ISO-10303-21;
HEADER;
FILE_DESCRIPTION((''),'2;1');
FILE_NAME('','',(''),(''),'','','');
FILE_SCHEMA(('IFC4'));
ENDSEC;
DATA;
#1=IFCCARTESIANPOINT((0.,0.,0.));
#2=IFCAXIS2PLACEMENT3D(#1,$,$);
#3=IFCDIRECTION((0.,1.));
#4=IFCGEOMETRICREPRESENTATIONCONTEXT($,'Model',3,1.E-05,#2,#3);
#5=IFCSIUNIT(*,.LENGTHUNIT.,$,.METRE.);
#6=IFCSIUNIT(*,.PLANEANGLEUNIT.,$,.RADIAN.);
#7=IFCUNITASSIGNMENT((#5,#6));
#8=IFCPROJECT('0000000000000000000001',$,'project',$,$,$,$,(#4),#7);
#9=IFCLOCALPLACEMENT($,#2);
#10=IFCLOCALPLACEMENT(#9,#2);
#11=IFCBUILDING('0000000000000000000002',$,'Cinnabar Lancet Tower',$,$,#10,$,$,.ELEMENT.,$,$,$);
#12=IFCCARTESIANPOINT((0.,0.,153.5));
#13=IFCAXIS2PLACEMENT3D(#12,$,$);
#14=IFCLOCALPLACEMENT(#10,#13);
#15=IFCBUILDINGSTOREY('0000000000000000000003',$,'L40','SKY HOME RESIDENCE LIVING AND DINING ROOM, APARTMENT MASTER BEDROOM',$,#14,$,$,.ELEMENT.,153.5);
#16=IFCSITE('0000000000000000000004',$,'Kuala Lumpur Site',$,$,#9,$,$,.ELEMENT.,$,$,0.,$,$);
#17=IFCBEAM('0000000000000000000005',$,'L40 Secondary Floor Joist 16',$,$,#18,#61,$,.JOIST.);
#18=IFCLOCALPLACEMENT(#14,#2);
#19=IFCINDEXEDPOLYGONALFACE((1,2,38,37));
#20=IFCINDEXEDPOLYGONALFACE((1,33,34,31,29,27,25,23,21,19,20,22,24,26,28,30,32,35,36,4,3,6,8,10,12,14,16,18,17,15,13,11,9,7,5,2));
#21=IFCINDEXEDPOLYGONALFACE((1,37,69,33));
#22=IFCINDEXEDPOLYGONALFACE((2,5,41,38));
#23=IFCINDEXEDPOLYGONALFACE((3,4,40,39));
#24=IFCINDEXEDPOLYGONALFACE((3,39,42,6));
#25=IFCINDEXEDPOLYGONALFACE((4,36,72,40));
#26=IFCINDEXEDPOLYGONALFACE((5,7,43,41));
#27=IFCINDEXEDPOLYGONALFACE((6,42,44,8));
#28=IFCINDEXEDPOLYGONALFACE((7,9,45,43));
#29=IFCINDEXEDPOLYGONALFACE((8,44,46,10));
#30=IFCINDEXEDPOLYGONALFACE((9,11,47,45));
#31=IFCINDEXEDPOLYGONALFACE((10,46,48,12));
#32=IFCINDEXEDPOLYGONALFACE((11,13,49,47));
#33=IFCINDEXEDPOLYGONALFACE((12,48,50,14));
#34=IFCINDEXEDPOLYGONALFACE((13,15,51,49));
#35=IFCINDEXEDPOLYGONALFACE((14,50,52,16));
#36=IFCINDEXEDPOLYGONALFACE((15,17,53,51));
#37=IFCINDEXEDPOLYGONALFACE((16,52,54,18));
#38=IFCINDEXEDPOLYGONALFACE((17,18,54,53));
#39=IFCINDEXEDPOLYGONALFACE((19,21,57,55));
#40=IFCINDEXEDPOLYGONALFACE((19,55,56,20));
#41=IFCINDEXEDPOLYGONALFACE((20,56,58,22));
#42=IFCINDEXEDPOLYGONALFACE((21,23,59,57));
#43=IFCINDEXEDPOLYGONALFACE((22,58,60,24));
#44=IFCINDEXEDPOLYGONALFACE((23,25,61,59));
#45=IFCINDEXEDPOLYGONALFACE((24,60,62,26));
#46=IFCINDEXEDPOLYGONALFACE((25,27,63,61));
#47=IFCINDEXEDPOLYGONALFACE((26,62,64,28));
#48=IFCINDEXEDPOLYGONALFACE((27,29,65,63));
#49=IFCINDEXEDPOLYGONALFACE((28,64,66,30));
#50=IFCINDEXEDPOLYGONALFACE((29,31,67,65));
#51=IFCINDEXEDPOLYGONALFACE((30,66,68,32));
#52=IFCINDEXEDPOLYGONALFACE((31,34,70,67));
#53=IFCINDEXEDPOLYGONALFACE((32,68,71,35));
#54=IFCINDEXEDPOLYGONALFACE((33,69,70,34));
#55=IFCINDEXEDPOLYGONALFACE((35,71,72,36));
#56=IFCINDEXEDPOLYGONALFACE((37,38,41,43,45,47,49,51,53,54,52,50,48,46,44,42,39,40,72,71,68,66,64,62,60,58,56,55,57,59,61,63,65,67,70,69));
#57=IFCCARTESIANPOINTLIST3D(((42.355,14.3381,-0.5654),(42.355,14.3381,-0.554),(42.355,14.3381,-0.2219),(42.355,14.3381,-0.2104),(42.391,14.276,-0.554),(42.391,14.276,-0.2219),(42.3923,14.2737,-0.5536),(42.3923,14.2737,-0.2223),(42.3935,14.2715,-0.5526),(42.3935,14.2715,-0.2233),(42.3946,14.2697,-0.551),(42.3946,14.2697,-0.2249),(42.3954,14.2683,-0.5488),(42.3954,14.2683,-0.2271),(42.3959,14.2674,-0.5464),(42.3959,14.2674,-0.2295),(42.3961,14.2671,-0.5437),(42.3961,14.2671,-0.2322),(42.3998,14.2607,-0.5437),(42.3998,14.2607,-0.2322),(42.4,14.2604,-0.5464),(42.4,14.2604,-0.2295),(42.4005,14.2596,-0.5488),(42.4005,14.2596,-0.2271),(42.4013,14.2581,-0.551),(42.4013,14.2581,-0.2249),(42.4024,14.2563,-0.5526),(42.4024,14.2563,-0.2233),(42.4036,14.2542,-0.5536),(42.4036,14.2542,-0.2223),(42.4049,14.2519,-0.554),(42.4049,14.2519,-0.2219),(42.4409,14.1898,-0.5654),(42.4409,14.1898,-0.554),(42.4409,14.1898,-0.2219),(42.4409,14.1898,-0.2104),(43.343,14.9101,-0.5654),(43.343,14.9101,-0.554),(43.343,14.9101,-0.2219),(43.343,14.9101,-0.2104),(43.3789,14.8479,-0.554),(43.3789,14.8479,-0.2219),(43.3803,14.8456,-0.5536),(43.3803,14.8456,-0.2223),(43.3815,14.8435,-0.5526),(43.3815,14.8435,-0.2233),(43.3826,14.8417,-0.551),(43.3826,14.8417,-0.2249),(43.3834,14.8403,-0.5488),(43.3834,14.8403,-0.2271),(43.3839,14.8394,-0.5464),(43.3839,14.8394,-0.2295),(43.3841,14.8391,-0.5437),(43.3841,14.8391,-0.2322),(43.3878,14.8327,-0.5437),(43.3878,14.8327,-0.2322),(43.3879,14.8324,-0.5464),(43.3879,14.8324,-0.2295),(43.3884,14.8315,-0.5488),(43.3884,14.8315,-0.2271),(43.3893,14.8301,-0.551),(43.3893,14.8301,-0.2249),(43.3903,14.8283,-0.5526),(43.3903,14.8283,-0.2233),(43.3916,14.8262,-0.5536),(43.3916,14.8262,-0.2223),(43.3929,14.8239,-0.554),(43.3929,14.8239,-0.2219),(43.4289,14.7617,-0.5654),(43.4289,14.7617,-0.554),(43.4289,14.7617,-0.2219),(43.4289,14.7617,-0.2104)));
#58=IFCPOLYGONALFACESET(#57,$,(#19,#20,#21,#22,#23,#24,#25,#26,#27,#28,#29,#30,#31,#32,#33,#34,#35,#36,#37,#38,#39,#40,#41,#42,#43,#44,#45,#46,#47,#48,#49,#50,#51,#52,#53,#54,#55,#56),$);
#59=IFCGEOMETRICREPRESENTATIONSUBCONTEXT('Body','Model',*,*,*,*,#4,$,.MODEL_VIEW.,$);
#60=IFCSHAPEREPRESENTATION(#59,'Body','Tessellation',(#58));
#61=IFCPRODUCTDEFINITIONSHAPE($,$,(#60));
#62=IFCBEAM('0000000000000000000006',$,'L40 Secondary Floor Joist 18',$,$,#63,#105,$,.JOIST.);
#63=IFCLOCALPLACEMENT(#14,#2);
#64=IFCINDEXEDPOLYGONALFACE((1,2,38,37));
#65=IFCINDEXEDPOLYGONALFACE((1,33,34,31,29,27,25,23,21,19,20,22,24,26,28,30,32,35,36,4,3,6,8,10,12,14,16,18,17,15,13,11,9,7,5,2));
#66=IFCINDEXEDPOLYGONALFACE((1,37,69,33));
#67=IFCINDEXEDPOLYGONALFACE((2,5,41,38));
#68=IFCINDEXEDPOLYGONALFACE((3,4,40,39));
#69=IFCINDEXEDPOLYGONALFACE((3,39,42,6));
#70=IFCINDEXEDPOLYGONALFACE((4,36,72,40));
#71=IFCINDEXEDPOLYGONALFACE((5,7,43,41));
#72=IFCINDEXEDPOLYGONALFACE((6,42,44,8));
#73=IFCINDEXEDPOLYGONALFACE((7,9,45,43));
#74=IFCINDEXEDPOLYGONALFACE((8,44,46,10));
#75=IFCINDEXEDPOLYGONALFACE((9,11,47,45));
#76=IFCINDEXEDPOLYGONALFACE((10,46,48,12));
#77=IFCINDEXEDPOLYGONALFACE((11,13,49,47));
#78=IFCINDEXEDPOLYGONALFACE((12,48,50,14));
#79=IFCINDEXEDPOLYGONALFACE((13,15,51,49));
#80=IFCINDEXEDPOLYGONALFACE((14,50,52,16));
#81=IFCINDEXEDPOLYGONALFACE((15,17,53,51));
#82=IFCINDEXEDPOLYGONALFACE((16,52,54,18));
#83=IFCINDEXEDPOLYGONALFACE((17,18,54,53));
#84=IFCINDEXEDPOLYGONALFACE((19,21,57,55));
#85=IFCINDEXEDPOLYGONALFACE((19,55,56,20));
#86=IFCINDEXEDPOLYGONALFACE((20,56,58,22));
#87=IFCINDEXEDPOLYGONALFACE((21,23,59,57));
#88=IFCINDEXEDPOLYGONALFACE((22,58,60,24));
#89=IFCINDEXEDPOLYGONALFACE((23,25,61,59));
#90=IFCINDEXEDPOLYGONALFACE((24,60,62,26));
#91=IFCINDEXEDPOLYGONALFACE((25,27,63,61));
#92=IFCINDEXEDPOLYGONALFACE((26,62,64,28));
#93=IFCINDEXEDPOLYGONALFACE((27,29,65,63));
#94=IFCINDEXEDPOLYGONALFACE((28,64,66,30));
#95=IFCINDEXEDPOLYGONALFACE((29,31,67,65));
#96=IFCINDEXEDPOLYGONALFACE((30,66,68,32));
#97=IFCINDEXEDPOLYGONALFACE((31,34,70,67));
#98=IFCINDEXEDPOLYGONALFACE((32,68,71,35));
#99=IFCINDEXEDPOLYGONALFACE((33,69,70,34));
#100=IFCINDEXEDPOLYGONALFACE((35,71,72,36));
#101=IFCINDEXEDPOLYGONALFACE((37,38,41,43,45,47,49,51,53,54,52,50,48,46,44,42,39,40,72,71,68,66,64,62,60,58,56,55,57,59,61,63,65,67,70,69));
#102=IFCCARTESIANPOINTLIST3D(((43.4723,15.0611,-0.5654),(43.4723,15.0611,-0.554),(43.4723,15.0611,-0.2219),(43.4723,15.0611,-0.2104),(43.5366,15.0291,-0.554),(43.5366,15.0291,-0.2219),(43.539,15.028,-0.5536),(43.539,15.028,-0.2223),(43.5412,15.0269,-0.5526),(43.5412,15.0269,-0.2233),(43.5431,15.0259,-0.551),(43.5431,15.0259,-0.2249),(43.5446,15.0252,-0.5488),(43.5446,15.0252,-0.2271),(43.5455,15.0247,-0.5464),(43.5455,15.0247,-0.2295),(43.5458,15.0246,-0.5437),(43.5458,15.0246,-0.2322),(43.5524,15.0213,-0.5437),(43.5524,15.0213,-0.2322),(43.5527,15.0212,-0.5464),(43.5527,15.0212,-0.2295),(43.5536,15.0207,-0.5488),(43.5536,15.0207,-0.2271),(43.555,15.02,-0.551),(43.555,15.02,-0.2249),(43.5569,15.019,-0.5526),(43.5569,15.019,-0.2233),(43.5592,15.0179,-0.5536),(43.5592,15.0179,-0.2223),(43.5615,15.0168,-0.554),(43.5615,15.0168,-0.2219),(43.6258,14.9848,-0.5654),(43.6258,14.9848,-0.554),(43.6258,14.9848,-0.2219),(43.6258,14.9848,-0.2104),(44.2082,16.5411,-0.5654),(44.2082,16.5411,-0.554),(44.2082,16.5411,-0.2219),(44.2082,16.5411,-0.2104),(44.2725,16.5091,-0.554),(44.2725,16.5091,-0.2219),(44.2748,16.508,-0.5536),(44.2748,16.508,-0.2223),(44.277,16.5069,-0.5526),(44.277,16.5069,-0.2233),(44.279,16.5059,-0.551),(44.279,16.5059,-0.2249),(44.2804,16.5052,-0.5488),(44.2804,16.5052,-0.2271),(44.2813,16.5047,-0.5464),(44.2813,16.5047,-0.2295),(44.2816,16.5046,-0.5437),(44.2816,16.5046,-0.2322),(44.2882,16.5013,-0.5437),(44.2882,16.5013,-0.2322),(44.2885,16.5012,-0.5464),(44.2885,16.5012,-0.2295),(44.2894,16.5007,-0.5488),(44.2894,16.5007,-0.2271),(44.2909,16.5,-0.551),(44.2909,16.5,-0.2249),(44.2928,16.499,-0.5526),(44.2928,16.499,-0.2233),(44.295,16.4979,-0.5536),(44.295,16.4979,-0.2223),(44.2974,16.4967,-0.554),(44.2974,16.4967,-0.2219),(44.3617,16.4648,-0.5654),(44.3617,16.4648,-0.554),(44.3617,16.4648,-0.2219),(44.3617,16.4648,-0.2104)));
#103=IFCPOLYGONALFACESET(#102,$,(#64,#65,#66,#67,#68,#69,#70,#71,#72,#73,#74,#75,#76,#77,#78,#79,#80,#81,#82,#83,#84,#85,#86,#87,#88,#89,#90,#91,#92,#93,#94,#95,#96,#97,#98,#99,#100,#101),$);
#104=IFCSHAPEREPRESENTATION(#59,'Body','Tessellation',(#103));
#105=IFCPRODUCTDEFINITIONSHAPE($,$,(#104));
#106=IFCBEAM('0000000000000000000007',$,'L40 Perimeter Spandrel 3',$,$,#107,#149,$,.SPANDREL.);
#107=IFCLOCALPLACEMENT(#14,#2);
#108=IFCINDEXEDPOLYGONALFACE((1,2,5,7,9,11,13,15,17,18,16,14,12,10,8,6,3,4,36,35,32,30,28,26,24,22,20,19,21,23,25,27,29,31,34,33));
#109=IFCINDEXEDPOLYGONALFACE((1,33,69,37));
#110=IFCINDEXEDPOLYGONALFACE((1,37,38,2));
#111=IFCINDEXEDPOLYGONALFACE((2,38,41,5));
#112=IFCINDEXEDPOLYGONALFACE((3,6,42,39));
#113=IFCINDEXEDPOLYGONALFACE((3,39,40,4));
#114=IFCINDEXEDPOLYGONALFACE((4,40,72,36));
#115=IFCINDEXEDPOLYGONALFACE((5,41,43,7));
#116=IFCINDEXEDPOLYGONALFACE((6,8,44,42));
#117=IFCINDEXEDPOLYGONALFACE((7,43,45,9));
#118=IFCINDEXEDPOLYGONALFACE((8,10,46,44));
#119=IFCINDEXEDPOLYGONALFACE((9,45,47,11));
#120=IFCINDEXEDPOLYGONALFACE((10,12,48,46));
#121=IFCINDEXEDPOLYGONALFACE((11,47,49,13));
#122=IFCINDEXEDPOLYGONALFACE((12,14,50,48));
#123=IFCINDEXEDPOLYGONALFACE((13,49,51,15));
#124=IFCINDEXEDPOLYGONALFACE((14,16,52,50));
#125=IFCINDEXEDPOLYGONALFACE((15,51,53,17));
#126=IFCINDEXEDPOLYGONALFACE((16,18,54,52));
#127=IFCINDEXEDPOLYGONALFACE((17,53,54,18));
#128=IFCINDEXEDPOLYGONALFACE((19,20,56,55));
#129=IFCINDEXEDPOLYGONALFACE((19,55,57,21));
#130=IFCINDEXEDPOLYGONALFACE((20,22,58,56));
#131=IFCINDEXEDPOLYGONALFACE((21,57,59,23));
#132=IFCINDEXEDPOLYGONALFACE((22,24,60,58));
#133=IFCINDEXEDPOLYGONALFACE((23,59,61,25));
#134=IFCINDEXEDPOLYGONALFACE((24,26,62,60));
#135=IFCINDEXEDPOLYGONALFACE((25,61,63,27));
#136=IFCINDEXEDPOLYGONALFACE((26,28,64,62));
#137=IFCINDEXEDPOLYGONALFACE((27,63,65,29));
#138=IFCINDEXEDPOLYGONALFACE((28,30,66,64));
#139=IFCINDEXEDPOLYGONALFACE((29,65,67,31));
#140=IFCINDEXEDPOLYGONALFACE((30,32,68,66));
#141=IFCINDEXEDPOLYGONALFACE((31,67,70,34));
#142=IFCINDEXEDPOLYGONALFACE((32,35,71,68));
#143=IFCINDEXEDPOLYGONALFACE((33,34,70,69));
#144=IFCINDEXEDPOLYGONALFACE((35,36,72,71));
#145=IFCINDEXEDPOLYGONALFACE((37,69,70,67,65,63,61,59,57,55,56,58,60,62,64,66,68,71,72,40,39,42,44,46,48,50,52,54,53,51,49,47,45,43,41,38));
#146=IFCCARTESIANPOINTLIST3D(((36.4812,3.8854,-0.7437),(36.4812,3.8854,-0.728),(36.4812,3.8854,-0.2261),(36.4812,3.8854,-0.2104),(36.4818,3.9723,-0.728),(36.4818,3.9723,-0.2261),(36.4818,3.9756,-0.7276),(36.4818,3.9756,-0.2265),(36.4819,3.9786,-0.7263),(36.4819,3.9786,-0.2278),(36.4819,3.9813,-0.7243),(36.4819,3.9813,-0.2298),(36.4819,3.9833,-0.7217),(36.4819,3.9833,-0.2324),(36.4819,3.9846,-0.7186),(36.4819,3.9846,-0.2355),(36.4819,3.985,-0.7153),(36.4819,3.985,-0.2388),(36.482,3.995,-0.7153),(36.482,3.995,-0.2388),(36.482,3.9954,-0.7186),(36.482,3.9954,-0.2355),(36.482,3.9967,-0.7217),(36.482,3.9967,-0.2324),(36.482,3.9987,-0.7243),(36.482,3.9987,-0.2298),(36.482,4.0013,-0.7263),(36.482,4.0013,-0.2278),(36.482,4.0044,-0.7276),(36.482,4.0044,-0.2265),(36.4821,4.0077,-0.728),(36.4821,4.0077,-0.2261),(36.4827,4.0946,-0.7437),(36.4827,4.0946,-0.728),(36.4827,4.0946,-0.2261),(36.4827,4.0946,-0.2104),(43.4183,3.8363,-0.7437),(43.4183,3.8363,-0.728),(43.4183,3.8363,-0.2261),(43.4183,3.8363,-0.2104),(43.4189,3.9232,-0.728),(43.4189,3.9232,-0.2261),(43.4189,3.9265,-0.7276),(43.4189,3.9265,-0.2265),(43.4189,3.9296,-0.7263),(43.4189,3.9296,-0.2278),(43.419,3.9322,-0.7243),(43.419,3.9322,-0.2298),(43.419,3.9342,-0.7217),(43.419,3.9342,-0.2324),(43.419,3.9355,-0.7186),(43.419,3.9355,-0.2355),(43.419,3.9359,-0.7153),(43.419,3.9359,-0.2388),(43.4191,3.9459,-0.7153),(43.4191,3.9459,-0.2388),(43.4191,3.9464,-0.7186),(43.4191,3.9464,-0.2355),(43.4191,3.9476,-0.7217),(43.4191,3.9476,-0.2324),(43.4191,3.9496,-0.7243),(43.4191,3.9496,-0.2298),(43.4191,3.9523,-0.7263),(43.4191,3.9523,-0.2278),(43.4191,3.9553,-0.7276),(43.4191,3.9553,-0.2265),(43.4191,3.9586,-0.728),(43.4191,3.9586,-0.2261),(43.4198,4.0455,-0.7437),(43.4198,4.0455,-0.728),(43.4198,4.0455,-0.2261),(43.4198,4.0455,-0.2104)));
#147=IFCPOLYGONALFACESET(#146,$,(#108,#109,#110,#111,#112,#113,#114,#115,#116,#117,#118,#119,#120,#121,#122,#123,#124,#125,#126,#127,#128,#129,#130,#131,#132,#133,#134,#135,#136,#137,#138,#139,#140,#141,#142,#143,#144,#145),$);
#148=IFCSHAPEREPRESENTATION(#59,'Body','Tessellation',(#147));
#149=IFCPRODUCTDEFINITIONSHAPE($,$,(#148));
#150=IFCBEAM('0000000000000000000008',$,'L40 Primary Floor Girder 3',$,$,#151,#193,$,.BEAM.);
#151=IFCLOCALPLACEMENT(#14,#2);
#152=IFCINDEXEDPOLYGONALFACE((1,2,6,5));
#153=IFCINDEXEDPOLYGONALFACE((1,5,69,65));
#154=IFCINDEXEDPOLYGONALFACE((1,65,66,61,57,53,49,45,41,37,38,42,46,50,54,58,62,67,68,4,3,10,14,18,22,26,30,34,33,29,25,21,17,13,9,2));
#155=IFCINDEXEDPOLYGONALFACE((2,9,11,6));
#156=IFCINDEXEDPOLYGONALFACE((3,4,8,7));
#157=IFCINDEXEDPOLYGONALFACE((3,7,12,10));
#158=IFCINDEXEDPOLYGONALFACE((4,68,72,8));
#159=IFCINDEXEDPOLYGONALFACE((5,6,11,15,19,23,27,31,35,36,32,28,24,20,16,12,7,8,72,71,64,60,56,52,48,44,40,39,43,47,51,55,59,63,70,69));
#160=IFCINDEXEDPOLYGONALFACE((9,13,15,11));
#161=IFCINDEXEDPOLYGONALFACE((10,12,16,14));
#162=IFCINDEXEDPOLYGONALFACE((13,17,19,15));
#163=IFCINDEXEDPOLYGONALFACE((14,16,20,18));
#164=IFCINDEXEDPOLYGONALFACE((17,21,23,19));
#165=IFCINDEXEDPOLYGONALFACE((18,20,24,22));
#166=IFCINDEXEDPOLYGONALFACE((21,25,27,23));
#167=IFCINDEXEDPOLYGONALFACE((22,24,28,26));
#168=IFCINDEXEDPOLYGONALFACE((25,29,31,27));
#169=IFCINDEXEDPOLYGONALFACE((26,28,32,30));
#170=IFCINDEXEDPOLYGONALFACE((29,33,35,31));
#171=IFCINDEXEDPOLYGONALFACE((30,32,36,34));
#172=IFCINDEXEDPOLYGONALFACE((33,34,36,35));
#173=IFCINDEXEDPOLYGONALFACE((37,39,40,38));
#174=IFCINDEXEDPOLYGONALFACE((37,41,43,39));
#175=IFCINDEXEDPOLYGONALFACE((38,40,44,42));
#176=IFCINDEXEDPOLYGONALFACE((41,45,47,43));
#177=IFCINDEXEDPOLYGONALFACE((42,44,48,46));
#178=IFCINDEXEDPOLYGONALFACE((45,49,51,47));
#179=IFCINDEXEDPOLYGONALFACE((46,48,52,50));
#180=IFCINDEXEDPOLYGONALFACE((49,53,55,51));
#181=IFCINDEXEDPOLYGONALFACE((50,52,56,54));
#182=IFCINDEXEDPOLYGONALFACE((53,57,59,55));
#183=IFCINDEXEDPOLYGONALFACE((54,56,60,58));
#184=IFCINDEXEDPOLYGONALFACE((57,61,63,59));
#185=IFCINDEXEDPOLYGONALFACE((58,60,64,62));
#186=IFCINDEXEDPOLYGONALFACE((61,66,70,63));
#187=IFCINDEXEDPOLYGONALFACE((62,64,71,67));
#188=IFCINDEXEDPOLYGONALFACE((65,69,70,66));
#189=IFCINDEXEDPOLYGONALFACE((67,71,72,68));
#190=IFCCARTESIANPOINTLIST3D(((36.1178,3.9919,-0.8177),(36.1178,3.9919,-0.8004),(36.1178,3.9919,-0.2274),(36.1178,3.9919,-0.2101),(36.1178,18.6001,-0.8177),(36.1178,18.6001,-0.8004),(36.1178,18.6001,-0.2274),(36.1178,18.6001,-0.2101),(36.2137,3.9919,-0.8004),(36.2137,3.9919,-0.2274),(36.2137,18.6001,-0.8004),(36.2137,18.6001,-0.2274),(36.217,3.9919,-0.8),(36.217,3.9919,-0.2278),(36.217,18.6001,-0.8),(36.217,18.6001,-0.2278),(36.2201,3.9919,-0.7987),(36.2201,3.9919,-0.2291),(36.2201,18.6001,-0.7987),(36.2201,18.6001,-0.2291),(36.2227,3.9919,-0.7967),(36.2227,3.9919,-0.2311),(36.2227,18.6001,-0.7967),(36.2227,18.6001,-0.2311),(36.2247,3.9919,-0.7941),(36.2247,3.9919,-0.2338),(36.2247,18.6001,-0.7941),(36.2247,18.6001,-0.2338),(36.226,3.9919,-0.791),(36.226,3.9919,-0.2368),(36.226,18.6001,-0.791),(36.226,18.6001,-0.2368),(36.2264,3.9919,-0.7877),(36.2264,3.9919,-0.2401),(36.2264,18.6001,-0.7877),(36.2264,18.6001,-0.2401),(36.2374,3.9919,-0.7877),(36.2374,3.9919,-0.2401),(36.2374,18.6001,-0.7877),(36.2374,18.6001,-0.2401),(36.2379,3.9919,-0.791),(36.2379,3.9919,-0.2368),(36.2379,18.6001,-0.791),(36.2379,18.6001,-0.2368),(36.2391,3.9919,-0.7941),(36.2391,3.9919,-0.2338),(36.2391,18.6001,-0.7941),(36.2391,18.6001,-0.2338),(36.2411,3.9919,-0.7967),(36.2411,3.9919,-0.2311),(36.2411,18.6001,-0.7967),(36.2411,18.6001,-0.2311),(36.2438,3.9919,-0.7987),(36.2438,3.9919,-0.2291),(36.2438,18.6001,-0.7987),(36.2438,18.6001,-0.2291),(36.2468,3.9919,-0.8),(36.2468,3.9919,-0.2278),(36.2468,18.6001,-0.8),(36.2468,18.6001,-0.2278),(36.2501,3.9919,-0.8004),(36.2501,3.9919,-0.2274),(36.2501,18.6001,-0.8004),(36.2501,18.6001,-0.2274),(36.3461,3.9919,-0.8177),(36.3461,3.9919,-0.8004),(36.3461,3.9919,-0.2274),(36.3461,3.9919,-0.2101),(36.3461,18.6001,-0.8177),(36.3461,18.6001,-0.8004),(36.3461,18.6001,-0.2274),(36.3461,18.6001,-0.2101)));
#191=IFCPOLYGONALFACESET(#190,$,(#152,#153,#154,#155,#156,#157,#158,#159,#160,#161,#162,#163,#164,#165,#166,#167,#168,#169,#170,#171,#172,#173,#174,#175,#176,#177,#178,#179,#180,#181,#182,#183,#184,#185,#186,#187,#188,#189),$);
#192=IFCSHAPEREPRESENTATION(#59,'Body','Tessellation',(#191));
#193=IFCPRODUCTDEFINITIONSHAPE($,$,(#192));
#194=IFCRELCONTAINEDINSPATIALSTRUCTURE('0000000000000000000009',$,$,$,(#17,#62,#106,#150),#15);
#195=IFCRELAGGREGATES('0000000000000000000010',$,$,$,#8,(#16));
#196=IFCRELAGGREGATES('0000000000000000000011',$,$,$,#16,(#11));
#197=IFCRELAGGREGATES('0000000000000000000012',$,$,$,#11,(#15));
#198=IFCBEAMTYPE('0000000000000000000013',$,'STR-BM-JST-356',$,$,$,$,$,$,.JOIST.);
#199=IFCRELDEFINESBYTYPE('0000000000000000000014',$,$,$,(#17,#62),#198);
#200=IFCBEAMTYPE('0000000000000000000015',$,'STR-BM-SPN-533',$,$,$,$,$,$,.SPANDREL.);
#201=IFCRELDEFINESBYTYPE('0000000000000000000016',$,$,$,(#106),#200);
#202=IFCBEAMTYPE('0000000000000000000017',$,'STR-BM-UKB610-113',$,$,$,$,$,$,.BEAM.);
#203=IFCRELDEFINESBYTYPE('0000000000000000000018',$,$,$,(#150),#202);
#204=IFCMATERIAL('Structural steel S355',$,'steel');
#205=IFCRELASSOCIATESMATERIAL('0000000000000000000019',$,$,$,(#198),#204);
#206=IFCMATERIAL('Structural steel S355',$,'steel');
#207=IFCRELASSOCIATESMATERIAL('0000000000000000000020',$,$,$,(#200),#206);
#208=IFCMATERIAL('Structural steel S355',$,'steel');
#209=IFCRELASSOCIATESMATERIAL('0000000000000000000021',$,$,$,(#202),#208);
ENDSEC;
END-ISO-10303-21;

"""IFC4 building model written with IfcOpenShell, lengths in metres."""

from ifc_helpers import new_model, si_unit, direction, frame, origin, origin_2d, place, context, subcontext, project, spatial, i_section, extrude, material, material_profile, profile_set, type_object, element, save


model = new_model("IFC4")

# Units and contexts
model_context = context("Model", 3, precision=1e-05, world=origin(), true_north=direction((0.0, 1.0)))
body_context = subcontext(model_context, "Body", "Model", "MODEL_VIEW")
ifc_project = project(units=[si_unit("LENGTHUNIT", "METRE"), si_unit("PLANEANGLEUNIT", "RADIAN")], contexts=[model_context])

# Site, building, storey
site_placement = place(None, origin())
site = spatial("IfcSite", under=ifc_project, at=site_placement, Name="Kuala Lumpur Site", CompositionType="ELEMENT", RefElevation=0.0)
building_placement = place(site_placement, origin())
building = spatial("IfcBuilding", under=site, at=building_placement, Name="Cinnabar Lancet Tower", CompositionType="ELEMENT")
storey_placement = place(building_placement, frame((0.0, 0.0, 153.5)))
storey = spatial("IfcBuildingStorey", under=building, at=storey_placement, Name="L40", Description="SKY HOME RESIDENCE LIVING AND DINING ROOM, APARTMENT MASTER BEDROOM", CompositionType="ELEMENT", Elevation=153.5)

# Beams
ifc_material_1 = material(Name="Structural steel S355", Category="steel")
ifc_material_profile_1 = material_profile(ifc_material_1, i_section(OverallWidth=0.1714, OverallDepth=0.355, WebThickness=0.0073, FlangeThickness=0.0115, FilletRadius=0.0103, at=origin_2d()), Name="UKB 356x171x51")
ifc_profile_set_1 = profile_set([ifc_material_profile_1], Name="Structural steel S355")
beam_type_1 = type_object("IfcBeamType", Name="STR-BM-JST-356", PredefinedType="JOIST", material=ifc_profile_set_1)
beam_1_placement = place(storey_placement, frame((42.3979, 14.2639, -0.3879), z_axis=(0.865426, 0.501036, 0.0), x_axis=(-0.501036, 0.865426, 0.0)))
element("IfcBeam", 1, at=beam_1_placement, inside=storey, type_object=beam_type_1, Name="L40 Secondary Floor Joist 16", PredefinedType="JOIST", context=body_context, shape_type="SweptSolid", body=[
    extrude(i_section(OverallWidth=0.1714, OverallDepth=0.355, WebThickness=0.0073, FlangeThickness=0.0115, FilletRadius=0.0103, at=origin_2d()), origin(), (0.0, 0.0, 1.0), 1.1416),
])
beam_2_placement = place(storey_placement, frame((43.5491, 15.0229, -0.3879), z_axis=(0.445204, 0.895429, 0.0), x_axis=(-0.895429, 0.445204, 0.0)))
element("IfcBeam", 2, at=beam_2_placement, inside=storey, type_object=beam_type_1, Name="L40 Secondary Floor Joist 18", PredefinedType="JOIST", context=body_context, shape_type="SweptSolid", body=[
    extrude(i_section(OverallWidth=0.1714, OverallDepth=0.355, WebThickness=0.0073, FlangeThickness=0.0115, FilletRadius=0.0103, at=origin_2d()), origin(), (0.0, 0.0, 1.0), 1.6528),
])
ifc_material_2 = material(Name="Structural steel S355", Category="steel")
ifc_material_profile_2 = material_profile(ifc_material_2, i_section(OverallWidth=0.2092, OverallDepth=0.5332, WebThickness=0.01, FlangeThickness=0.0156, FilletRadius=0.0127, at=origin_2d()), Name="UKB 533x210x92")
ifc_profile_set_2 = profile_set([ifc_material_profile_2], Name="Structural steel S355")
beam_type_2 = type_object("IfcBeamType", Name="STR-BM-SPN-533", PredefinedType="SPANDREL", material=ifc_profile_set_2)
beam_3_placement = place(storey_placement, frame((36.4819, 3.99, -0.4771), z_axis=(0.999975, -0.007074, 0.0), x_axis=(0.007074, 0.999975, 0.0)))
element("IfcBeam", 3, at=beam_3_placement, inside=storey, type_object=beam_type_2, Name="L40 Perimeter Spandrel 3", PredefinedType="SPANDREL", context=body_context, shape_type="SweptSolid", body=[
    extrude(i_section(OverallWidth=0.2092, OverallDepth=0.5332, WebThickness=0.01, FlangeThickness=0.0156, FilletRadius=0.0127, at=origin_2d()), origin(), (0.0, 0.0, 1.0), 6.9373),
])
ifc_material_3 = material(Name="Structural steel S355", Category="steel")
ifc_material_profile_3 = material_profile(ifc_material_3, i_section(OverallWidth=0.2283, OverallDepth=0.6077, WebThickness=0.011, FlangeThickness=0.0173, FilletRadius=0.0127, at=origin_2d()), Name="UKB 610x229x113")
ifc_profile_set_3 = profile_set([ifc_material_profile_3], Name="Structural steel S355")
beam_type_3 = type_object("IfcBeamType", Name="STR-BM-UKB610-113", PredefinedType="BEAM", material=ifc_profile_set_3)
beam_4_placement = place(storey_placement, frame((36.2319, 3.9919, -0.5139), z_axis=(0.0, 1.0, 0.0), x_axis=(-1.0, 0.0, 0.0)))
element("IfcBeam", 4, at=beam_4_placement, inside=storey, type_object=beam_type_3, Name="L40 Primary Floor Girder 3", PredefinedType="BEAM", context=body_context, shape_type="SweptSolid", body=[
    extrude(i_section(OverallWidth=0.2283, OverallDepth=0.6077, WebThickness=0.011, FlangeThickness=0.0173, FilletRadius=0.0127, at=origin_2d()), origin(), (0.0, 0.0, 1.0), 14.6082),
])

save(model, "model.ifc")
